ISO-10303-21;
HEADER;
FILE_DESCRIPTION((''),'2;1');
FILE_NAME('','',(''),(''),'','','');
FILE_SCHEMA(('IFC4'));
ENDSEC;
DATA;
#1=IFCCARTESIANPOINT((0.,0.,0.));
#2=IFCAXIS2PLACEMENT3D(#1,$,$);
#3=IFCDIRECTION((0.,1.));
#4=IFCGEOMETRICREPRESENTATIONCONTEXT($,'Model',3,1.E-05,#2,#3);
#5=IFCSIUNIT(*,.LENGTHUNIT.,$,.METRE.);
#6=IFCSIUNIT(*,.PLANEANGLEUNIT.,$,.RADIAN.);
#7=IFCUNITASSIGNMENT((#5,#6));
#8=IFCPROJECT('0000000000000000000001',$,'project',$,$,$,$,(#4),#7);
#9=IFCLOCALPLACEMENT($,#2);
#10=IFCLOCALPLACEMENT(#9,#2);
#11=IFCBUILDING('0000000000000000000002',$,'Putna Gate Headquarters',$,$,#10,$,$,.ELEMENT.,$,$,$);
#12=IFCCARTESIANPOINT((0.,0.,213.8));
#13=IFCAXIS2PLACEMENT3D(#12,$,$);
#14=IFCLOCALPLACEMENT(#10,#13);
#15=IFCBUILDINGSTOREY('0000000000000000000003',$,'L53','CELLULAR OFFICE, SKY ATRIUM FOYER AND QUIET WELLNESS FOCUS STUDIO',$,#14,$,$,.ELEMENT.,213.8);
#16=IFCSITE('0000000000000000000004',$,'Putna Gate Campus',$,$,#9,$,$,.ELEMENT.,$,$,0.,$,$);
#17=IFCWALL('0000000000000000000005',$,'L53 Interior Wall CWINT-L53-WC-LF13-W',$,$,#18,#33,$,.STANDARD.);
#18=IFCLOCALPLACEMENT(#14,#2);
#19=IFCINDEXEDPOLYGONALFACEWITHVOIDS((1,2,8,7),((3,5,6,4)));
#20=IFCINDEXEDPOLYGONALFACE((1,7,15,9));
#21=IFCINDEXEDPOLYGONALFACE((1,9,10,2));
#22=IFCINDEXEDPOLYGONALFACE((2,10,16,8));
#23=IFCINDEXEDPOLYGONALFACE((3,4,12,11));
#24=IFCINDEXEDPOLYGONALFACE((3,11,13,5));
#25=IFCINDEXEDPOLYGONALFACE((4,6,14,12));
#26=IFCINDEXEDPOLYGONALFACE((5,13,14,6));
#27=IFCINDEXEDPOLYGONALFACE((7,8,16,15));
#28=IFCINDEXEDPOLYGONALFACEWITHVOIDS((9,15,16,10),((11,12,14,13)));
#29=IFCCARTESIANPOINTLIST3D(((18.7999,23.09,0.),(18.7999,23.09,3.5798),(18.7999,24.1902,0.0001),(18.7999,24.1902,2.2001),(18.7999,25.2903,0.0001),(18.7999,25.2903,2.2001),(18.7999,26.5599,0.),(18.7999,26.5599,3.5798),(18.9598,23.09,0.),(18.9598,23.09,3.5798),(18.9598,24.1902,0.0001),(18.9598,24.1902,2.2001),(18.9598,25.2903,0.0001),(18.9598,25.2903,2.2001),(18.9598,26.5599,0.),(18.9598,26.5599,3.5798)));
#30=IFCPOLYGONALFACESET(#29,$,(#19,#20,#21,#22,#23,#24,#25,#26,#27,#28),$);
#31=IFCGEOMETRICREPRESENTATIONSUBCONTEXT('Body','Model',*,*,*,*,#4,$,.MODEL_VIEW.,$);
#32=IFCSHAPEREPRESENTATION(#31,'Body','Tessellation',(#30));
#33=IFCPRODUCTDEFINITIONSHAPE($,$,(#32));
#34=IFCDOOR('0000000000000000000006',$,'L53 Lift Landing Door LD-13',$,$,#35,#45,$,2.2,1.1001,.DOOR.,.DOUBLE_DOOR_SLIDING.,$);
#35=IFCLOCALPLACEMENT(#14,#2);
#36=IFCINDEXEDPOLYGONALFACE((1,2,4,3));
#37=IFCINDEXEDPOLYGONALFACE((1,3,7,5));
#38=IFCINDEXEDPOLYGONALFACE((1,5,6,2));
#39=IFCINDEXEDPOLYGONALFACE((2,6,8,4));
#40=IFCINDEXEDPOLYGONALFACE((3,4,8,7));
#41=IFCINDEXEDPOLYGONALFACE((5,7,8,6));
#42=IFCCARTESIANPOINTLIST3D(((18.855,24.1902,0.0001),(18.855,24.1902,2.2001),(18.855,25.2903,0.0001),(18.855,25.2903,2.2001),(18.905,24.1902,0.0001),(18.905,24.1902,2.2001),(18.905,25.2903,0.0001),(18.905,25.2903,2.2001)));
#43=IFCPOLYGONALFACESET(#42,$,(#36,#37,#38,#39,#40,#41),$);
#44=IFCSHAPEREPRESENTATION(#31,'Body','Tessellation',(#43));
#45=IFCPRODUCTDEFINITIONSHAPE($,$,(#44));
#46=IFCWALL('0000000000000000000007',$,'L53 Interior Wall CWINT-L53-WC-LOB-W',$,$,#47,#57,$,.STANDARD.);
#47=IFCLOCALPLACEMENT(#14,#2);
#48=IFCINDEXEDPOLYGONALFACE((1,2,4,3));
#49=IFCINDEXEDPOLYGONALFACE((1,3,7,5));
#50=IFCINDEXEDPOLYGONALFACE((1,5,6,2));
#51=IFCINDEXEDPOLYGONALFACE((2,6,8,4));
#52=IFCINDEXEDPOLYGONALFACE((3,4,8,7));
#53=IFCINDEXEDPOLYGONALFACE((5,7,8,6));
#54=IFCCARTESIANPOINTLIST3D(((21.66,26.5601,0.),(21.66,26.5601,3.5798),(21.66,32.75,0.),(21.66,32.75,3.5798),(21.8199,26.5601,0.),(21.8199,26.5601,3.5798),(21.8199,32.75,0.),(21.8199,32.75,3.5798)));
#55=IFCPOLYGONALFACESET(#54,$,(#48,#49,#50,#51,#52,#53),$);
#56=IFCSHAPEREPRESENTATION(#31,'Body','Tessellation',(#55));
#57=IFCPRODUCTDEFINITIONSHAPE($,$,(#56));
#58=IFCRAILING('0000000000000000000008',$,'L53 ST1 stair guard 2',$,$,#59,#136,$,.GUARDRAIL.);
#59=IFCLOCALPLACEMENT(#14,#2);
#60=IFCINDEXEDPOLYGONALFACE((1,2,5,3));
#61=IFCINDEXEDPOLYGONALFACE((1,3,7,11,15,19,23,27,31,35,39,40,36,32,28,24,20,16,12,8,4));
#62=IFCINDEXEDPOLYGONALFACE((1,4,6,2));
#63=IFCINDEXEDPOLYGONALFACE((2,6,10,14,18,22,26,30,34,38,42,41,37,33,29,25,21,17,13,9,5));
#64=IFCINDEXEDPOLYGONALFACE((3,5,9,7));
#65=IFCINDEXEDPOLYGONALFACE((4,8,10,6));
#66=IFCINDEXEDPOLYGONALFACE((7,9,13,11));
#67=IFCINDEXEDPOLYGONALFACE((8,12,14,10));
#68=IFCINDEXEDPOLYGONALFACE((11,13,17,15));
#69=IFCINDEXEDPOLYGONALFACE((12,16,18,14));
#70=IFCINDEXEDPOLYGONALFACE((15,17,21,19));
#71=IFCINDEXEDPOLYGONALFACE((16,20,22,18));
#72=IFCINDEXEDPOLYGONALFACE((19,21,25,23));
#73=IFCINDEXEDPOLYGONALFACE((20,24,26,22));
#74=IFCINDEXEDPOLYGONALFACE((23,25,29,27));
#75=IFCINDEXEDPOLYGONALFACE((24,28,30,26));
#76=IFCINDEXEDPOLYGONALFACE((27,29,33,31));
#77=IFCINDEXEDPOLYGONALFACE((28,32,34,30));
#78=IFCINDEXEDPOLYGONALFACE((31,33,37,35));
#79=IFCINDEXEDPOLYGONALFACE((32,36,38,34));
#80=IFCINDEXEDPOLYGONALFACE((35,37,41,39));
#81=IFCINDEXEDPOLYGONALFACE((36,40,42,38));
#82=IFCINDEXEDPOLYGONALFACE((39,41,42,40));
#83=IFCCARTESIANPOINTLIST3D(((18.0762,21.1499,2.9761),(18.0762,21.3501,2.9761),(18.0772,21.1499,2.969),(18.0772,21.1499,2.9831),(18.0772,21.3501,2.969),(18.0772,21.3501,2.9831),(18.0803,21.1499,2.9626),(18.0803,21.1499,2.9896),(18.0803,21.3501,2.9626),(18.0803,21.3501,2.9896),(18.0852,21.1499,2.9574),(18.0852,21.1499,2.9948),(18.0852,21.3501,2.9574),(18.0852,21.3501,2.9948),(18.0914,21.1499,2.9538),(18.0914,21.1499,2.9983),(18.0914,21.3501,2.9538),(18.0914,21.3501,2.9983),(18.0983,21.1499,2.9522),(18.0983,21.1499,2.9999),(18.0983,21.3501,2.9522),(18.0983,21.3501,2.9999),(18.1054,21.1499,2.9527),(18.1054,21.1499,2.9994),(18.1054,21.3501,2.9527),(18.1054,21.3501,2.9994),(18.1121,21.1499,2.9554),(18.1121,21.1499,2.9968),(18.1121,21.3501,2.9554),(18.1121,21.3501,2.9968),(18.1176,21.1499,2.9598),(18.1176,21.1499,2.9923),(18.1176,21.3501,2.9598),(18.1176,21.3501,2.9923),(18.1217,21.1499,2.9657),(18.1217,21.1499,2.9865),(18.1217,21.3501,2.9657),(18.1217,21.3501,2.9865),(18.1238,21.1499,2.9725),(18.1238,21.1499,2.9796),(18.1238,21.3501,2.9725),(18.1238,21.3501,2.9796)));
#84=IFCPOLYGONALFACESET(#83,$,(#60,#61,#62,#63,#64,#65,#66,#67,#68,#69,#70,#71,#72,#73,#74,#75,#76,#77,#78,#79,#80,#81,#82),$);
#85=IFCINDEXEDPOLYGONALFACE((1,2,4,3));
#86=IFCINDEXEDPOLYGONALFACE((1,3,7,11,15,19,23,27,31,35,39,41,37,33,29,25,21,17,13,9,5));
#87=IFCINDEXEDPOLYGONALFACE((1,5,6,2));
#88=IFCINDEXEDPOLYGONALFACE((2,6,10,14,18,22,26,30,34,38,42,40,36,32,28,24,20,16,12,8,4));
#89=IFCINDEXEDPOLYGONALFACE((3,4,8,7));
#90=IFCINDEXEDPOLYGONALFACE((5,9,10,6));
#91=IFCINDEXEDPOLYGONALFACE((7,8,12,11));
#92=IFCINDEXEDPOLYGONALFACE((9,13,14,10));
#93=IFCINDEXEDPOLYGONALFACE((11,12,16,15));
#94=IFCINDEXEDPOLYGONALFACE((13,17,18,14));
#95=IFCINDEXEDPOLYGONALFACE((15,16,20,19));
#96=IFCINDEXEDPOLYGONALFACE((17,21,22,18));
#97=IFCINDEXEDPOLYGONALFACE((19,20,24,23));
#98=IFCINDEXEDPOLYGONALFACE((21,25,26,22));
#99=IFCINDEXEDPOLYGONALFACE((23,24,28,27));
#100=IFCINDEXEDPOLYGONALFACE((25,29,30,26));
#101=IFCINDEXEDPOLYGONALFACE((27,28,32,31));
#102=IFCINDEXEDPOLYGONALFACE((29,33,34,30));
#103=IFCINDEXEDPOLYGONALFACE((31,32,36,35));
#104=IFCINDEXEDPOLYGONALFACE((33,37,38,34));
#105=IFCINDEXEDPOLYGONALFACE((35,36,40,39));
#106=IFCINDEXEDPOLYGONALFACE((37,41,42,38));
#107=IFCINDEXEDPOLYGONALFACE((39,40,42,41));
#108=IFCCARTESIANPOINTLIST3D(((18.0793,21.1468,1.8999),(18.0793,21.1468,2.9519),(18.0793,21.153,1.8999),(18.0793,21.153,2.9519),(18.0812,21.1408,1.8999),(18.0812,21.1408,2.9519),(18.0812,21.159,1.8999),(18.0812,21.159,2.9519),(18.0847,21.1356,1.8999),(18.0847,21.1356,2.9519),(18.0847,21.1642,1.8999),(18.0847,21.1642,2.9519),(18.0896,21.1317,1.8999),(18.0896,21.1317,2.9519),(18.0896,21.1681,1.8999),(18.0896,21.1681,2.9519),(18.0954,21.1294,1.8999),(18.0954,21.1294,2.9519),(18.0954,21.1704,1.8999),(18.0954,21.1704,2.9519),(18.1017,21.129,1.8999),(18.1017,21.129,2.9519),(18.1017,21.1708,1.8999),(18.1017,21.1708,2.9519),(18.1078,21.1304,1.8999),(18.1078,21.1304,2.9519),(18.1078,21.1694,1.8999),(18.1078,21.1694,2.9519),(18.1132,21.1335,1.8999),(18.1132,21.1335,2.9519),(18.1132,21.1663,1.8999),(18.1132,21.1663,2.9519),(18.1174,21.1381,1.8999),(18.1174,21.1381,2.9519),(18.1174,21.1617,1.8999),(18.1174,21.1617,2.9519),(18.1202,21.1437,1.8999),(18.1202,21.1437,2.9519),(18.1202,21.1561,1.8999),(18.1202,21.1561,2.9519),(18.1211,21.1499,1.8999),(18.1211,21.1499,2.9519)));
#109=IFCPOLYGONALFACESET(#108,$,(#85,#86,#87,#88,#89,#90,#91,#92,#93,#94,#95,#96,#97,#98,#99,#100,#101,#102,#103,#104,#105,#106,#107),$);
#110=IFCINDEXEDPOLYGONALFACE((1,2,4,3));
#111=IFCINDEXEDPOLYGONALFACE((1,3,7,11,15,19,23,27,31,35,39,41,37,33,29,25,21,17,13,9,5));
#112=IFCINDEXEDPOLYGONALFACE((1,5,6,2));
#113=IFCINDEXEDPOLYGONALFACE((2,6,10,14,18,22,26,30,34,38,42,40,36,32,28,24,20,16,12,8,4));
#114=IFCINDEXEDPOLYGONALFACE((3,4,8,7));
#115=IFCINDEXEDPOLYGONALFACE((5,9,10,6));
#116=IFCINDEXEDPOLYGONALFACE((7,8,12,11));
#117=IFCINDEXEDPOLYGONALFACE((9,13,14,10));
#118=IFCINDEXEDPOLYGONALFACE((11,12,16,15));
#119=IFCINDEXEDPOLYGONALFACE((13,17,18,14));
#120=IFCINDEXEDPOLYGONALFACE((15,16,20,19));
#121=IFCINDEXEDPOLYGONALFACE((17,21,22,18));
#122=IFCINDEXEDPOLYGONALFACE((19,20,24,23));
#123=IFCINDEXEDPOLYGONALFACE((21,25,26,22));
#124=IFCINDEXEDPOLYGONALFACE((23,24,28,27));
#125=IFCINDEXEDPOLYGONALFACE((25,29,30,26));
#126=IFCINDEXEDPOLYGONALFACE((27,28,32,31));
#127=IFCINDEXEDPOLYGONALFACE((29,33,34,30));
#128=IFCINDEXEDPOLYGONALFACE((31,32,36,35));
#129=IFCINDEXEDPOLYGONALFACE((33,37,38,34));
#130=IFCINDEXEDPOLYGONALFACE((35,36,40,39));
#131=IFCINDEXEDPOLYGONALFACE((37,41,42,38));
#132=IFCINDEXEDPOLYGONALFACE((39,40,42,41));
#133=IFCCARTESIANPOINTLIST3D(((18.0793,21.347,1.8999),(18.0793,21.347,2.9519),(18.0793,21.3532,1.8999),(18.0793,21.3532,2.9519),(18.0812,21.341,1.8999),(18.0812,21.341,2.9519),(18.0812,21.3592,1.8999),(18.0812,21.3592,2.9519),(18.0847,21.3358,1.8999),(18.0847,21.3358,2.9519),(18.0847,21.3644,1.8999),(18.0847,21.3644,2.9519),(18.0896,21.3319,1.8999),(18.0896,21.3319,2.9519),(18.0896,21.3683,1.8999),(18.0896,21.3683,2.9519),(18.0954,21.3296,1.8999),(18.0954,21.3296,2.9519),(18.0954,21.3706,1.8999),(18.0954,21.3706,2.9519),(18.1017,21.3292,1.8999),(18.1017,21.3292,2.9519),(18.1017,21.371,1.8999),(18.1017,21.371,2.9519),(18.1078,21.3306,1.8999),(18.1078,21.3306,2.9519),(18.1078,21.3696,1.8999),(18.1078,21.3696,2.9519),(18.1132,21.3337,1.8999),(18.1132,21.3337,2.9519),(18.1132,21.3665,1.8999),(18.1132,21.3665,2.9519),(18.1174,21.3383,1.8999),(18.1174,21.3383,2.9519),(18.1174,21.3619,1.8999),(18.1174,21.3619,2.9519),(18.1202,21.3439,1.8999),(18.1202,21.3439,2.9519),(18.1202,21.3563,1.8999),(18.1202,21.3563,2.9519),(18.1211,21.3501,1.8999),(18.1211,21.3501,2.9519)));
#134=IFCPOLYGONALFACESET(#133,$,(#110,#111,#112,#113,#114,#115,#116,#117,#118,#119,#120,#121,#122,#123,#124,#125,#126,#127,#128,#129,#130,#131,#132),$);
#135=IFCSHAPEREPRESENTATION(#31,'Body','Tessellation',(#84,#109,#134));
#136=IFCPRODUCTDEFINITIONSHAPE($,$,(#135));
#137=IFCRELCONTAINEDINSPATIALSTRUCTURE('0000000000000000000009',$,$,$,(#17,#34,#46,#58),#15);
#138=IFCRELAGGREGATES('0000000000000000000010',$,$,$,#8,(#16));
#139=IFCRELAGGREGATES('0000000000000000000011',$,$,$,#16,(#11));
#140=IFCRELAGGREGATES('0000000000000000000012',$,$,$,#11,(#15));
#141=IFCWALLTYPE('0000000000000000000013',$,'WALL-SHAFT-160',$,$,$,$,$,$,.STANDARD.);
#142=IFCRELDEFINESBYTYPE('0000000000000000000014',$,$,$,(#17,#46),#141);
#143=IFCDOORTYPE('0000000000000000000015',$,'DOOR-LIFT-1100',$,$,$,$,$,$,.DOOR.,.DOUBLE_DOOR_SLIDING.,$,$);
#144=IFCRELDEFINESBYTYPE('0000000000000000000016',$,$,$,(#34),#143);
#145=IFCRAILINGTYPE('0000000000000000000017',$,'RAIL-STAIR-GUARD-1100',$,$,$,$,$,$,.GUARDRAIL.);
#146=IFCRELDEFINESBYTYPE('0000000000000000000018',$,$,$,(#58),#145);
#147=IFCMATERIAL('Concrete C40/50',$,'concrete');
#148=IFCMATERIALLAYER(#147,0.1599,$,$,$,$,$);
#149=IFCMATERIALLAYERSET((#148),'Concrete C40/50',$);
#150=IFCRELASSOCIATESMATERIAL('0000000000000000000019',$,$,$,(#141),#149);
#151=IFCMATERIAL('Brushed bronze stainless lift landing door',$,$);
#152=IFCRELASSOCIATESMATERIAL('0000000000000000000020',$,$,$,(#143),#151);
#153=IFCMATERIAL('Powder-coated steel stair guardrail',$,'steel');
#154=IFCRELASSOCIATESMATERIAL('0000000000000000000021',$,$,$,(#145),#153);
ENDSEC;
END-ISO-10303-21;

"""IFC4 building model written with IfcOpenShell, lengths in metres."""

from ifc_helpers import new_model, si_unit, direction, frame, frame_2d, origin, origin_2d, place, context, subcontext, project, spatial, rectangle, circle, extrude, material, layer, layer_set, type_object, element, fill, save


model = new_model("IFC4")

# Units and contexts
model_context = context("Model", 3, precision=1e-05, world=origin(), true_north=direction((0.0, 1.0)))
body_context = subcontext(model_context, "Body", "Model", "MODEL_VIEW")
ifc_project = project(units=[si_unit("LENGTHUNIT", "METRE"), si_unit("PLANEANGLEUNIT", "RADIAN")], contexts=[model_context])

# Site, building, storey
site_placement = place(None, origin())
site = spatial("IfcSite", under=ifc_project, at=site_placement, Name="Putna Gate Campus", CompositionType="ELEMENT", RefElevation=0.0)
building_placement = place(site_placement, origin())
building = spatial("IfcBuilding", under=site, at=building_placement, Name="Putna Gate Headquarters", CompositionType="ELEMENT")
storey_placement = place(building_placement, frame((0.0, 0.0, 213.8)))
storey = spatial("IfcBuildingStorey", under=building, at=storey_placement, Name="L53", Description="CELLULAR OFFICE, SKY ATRIUM FOYER AND QUIET WELLNESS FOCUS STUDIO", CompositionType="ELEMENT", Elevation=213.8)

# Shared definitions
ifc_material_1 = material(Name="Concrete C40/50", Category="concrete")
ifc_layer_1 = layer(ifc_material_1, 0.1599)
ifc_layer_set_1 = layer_set([ifc_layer_1], Name="Concrete C40/50")
wall_type_1 = type_object("IfcWallType", Name="WALL-SHAFT-160", PredefinedType="STANDARD", material=ifc_layer_set_1)

# Wall, opening, door
wall_1_placement = place(storey_placement, frame((18.8799, 23.0901, 0.0), z_axis=(0.0, 0.0, 1.0), x_axis=(0.0, 1.0, 0.0)))
wall_1 = element("IfcWall", 1, at=wall_1_placement, inside=storey, type_object=wall_type_1, Name="L53 Interior Wall CWINT-L53-WC-LF13-W", PredefinedType="STANDARD", context=body_context, shape_type="SweptSolid", body=[
    extrude(rectangle(XDim=3.47, YDim=0.1599, at=frame_2d((1.7349, 0.0))), origin(), (0.0, 0.0, 1.0), 3.5798),
])
opening_1_placement = place(wall_1_placement, frame((1.1001, 0.0, 0.0)))
opening_1 = element("IfcOpeningElement", 2, at=opening_1_placement, cuts=wall_1, PredefinedType="OPENING", context=body_context, shape_type="SweptSolid", body=[
    extrude(rectangle(XDim=1.1001, YDim=2.2, at=frame_2d((0.55, 1.1001))), frame((0.0, 0.0898, 0.0), z_axis=(0.0, -1.0, 0.0), x_axis=(1.0, 0.0, 0.0)), (0.0, 0.0, 1.0), 0.1799),
])
ifc_material_2 = material(Name="Brushed bronze stainless lift landing door")
door_type_1 = type_object("IfcDoorType", Name="DOOR-LIFT-1100", OperationType="DOUBLE_DOOR_SLIDING", PredefinedType="DOOR", material=ifc_material_2)
door_1_placement = place(opening_1_placement, origin())
door_1 = element("IfcDoor", 3, at=door_1_placement, inside=storey, type_object=door_type_1, Name="L53 Lift Landing Door LD-13", OperationType="DOUBLE_DOOR_SLIDING", OverallHeight=2.2, OverallWidth=1.1001, PredefinedType="DOOR", context=body_context, shape_type="SweptSolid", body=[
    extrude(rectangle(XDim=1.1001, YDim=2.2, at=frame_2d((0.55, 1.1001))), frame((0.0, 0.0249, 0.0), z_axis=(0.0, -1.0, 0.0), x_axis=(1.0, 0.0, 0.0)), (0.0, 0.0, 1.0), 0.05),
])
fill(opening_1, door_1)

# Wall
wall_2_placement = place(storey_placement, frame((21.74, 26.5601, 0.0), z_axis=(0.0, 0.0, 1.0), x_axis=(0.0, 1.0, 0.0)))
element("IfcWall", 4, at=wall_2_placement, inside=storey, type_object=wall_type_1, Name="L53 Interior Wall CWINT-L53-WC-LOB-W", PredefinedType="STANDARD", context=body_context, shape_type="SweptSolid", body=[
    extrude(rectangle(XDim=6.1899, YDim=0.1599, at=frame_2d((3.095, 0.0))), origin(), (0.0, 0.0, 1.0), 3.5798),
])

# Railing
ifc_material_3 = material(Name="Powder-coated steel stair guardrail", Category="steel")
railing_type_1 = type_object("IfcRailingType", Name="RAIL-STAIR-GUARD-1100", PredefinedType="GUARDRAIL", material=ifc_material_3)
railing_1_placement = place(storey_placement, frame((18.1001, 21.1499, 1.8999)))
element("IfcRailing", 5, at=railing_1_placement, inside=storey, type_object=railing_type_1, Name="L53 ST1 stair guard 2", PredefinedType="GUARDRAIL", context=body_context, shape_type="SweptSolid", body=[
    extrude(circle(Radius=0.0239, at=origin_2d()), frame((0.0, 0.0, 1.0762), z_axis=(0.0, 1.0, 0.0), x_axis=(-1.0, 0.0, 0.0)), (0.0, 0.0, 1.0), 0.2002),
    extrude(circle(Radius=0.021, at=origin_2d()), origin(), (0.0, 0.0, 1.0), 1.052),
    extrude(circle(Radius=0.021, at=origin_2d()), frame((0.0, 0.2002, 0.0)), (0.0, 0.0, 1.0), 1.052),
])

save(model, "model.ifc")
